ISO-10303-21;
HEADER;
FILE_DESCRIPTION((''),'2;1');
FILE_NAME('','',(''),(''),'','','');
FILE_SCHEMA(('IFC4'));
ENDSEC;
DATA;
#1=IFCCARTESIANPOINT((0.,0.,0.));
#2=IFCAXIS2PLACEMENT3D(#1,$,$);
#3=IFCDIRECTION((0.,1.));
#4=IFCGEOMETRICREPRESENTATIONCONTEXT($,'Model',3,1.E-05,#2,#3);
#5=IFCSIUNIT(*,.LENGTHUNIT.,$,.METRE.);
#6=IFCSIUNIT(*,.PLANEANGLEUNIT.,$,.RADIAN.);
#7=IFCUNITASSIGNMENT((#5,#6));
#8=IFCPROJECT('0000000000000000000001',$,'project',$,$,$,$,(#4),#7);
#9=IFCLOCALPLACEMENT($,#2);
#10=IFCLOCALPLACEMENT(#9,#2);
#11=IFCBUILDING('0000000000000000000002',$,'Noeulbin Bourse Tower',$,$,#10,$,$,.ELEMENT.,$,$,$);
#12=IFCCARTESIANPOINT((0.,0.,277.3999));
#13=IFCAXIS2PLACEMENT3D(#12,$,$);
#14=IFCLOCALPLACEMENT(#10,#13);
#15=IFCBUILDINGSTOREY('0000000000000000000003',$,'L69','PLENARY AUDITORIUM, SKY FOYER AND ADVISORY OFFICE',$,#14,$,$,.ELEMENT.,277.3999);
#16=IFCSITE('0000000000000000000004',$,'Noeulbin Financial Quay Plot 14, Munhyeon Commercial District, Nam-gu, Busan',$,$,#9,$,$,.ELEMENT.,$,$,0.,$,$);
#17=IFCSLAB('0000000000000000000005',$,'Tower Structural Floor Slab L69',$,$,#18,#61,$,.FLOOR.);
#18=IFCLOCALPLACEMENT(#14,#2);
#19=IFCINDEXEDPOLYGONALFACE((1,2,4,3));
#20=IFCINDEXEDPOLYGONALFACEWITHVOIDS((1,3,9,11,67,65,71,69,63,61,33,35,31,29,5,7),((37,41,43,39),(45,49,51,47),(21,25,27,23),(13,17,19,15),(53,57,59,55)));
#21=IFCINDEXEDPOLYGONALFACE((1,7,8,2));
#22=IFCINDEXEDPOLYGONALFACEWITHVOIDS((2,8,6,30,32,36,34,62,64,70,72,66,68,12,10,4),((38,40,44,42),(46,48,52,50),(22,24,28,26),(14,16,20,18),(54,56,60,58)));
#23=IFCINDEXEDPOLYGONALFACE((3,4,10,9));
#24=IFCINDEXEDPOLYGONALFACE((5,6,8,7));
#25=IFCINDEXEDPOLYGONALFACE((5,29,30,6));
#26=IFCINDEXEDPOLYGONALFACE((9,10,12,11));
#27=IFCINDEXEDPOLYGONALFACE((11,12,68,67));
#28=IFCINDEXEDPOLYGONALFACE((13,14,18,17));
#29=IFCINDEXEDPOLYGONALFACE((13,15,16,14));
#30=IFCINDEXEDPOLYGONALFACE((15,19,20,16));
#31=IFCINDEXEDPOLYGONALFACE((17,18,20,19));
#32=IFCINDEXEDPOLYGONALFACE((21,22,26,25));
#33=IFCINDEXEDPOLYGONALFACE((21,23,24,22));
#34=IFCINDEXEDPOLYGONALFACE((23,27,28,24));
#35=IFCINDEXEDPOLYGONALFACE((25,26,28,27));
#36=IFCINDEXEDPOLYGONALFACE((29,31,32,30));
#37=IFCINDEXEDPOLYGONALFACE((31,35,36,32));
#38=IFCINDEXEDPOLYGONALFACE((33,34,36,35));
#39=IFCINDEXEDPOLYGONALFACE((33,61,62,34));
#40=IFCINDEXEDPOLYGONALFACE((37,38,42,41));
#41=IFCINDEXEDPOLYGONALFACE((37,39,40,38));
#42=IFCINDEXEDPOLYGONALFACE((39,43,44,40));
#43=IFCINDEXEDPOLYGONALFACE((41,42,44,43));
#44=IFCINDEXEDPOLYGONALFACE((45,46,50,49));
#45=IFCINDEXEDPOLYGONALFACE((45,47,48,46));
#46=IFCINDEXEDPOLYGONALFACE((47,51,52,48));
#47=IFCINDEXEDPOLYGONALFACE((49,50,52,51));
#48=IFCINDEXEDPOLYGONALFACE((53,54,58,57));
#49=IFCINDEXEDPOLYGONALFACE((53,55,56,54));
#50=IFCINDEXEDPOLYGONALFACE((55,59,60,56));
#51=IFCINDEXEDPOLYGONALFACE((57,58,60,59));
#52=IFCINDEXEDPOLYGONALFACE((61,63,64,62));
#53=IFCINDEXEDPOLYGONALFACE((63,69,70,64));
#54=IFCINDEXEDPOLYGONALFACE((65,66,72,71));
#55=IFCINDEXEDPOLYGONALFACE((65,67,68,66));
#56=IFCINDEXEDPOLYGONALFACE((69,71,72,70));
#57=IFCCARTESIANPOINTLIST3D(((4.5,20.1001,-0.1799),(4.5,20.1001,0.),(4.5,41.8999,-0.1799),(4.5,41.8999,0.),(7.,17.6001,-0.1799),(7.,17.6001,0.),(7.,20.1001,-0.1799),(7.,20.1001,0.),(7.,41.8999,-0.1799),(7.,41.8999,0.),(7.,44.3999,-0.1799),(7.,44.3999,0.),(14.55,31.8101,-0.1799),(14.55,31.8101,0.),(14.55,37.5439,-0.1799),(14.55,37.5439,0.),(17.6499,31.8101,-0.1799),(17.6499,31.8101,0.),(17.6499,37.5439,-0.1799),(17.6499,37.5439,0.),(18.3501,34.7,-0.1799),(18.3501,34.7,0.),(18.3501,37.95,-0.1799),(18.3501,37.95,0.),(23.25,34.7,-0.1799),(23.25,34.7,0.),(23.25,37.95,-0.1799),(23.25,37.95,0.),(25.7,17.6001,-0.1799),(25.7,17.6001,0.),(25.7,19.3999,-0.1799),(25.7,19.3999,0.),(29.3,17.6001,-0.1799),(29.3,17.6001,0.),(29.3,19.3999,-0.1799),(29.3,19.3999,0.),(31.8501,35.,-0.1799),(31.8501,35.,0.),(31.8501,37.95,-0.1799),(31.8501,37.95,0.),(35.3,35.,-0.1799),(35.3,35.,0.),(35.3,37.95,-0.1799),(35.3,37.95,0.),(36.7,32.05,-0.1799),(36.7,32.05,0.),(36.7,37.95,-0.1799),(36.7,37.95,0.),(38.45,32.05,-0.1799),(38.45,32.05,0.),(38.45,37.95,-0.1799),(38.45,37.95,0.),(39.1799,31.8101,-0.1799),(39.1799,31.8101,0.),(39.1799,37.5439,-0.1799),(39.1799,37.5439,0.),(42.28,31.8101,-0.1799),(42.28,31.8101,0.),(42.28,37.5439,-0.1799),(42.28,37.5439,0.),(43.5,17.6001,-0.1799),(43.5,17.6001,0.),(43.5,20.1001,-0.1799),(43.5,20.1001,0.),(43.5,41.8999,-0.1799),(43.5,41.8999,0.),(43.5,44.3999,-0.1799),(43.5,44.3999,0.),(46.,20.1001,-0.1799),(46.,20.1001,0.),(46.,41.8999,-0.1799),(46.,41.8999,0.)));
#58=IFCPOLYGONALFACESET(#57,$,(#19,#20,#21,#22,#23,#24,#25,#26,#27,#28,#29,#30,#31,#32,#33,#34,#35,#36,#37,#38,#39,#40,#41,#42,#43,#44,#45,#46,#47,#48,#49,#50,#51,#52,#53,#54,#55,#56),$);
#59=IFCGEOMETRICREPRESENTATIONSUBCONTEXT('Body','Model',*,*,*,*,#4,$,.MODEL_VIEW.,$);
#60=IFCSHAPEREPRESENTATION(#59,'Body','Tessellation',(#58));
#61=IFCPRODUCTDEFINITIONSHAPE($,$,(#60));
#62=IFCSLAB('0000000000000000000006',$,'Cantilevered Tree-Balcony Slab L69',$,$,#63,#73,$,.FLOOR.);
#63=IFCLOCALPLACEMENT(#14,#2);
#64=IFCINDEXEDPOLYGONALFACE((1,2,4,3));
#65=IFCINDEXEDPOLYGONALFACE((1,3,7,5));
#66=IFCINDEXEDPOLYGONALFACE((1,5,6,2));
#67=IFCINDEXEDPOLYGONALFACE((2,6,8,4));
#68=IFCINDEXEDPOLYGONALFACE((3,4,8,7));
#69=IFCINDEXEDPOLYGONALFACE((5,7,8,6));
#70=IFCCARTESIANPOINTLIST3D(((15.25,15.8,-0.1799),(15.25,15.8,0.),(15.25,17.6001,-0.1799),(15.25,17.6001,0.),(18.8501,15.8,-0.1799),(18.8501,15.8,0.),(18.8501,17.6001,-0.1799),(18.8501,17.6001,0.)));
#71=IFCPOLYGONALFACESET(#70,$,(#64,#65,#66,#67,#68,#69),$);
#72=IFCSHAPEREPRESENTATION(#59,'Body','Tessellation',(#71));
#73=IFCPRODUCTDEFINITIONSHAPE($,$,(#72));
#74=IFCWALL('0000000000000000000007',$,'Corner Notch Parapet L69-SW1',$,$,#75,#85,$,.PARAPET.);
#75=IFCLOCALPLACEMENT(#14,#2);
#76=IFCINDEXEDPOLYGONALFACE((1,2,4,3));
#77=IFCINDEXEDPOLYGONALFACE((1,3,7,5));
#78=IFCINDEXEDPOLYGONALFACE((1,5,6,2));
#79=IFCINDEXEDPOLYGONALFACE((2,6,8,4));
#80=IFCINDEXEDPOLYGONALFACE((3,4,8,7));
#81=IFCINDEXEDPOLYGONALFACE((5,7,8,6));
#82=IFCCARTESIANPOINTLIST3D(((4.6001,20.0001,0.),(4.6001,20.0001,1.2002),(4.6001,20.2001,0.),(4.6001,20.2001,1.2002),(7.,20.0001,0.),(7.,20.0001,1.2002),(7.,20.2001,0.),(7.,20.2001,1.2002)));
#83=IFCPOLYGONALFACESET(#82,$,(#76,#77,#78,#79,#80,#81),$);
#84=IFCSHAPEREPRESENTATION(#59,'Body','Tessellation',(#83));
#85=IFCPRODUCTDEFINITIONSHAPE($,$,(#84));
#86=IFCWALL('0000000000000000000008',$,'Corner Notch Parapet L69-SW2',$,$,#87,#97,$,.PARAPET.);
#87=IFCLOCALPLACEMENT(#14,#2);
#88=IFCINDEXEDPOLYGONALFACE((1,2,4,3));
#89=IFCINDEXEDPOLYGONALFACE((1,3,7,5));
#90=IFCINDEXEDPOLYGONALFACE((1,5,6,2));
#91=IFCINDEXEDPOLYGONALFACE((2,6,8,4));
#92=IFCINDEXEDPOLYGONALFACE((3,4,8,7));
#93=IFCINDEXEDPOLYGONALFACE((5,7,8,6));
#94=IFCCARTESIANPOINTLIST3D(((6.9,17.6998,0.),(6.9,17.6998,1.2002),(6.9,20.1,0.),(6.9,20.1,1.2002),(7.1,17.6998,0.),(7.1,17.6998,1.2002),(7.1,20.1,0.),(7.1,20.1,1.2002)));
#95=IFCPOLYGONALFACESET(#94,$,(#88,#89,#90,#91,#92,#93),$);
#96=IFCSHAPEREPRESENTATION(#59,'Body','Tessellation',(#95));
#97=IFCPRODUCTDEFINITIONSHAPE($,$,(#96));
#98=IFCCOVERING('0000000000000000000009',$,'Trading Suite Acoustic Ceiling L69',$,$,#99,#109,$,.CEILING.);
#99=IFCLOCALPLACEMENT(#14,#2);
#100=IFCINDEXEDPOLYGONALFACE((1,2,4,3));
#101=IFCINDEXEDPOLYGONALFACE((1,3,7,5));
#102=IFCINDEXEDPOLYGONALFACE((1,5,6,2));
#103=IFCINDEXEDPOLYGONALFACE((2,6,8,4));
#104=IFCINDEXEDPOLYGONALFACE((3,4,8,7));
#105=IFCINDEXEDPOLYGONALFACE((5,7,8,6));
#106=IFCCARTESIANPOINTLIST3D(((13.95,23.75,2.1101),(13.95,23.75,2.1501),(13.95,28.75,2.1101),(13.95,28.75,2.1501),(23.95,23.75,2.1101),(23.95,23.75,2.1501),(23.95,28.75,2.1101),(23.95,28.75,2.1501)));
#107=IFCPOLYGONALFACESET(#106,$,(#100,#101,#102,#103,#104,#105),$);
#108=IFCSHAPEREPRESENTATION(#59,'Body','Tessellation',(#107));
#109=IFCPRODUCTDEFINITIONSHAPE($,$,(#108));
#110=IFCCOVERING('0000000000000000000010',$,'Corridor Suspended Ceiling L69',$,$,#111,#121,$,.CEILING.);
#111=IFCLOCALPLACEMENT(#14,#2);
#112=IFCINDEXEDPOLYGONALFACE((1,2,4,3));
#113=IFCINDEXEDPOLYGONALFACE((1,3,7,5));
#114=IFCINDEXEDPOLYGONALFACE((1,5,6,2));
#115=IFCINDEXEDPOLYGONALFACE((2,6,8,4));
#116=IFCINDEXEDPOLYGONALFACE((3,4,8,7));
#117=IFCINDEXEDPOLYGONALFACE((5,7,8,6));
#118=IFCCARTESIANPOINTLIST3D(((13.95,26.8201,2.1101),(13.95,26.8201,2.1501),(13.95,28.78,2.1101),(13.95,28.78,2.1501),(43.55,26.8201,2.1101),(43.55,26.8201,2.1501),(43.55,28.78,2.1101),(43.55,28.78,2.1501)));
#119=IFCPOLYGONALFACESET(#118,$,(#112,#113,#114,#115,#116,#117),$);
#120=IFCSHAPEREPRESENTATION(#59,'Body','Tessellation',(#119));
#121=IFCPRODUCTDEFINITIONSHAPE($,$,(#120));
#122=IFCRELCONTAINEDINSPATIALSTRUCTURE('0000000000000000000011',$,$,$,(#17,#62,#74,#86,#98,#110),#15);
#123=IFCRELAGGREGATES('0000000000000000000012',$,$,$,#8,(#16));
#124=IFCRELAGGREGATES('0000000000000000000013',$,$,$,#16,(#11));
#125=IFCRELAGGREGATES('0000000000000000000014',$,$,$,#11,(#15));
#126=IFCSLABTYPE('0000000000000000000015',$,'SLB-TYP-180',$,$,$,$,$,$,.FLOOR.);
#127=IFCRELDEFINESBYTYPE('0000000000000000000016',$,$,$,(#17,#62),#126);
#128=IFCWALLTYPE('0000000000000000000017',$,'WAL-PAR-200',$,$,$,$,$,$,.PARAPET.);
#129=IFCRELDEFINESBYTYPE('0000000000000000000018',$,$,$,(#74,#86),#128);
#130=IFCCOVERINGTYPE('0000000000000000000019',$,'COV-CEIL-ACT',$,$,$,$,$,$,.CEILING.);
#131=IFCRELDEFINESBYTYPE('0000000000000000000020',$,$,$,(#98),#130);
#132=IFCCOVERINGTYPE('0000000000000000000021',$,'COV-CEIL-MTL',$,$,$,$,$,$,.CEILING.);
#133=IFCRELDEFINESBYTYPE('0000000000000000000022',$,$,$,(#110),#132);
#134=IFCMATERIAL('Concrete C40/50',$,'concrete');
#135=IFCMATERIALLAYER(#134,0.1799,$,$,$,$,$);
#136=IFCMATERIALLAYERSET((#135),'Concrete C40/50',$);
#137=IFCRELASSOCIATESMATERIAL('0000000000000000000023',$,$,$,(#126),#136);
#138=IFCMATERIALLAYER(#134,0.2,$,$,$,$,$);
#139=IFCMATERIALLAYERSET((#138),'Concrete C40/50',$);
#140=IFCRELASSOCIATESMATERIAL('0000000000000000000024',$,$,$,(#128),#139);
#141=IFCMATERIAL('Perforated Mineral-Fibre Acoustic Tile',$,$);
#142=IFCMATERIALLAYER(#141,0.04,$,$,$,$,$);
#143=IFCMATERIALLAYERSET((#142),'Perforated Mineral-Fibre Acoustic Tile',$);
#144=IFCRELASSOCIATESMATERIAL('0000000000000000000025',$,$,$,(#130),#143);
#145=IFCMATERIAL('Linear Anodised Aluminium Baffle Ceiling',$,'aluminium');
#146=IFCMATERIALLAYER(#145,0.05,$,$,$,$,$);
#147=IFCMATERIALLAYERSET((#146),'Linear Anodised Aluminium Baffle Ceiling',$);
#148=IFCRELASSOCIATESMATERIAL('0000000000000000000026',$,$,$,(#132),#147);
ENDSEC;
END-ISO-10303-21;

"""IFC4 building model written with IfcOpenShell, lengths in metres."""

from ifc_helpers import new_model, si_unit, direction, frame, frame_2d, origin, place, context, subcontext, project, spatial, polyline, rectangle, outline, extrude, material, layer, layer_set, type_object, element, save


model = new_model("IFC4")

# Units and contexts
model_context = context("Model", 3, precision=1e-05, world=origin(), true_north=direction((0.0, 1.0)))
body_context = subcontext(model_context, "Body", "Model", "MODEL_VIEW")
ifc_project = project(units=[si_unit("LENGTHUNIT", "METRE"), si_unit("PLANEANGLEUNIT", "RADIAN")], contexts=[model_context])

# Site, building, storey
site_placement = place(None, origin())
site = spatial("IfcSite", under=ifc_project, at=site_placement, Name="Noeulbin Financial Quay Plot 14, Munhyeon Commercial District, Nam-gu, Busan", CompositionType="ELEMENT", RefElevation=0.0)
building_placement = place(site_placement, origin())
building = spatial("IfcBuilding", under=site, at=building_placement, Name="Noeulbin Bourse Tower", CompositionType="ELEMENT")
storey_placement = place(building_placement, frame((0.0, 0.0, 277.3999)))
storey = spatial("IfcBuildingStorey", under=building, at=storey_placement, Name="L69", Description="PLENARY AUDITORIUM, SKY FOYER AND ADVISORY OFFICE", CompositionType="ELEMENT", Elevation=277.3999)

# Shared definitions
ifc_material_1 = material(Name="Concrete C40/50", Category="concrete")

# Slab, openings
ifc_layer_1 = layer(ifc_material_1, 0.1799)
ifc_layer_set_1 = layer_set([ifc_layer_1], Name="Concrete C40/50")
slab_type_1 = type_object("IfcSlabType", Name="SLB-TYP-180", PredefinedType="FLOOR", material=ifc_layer_set_1)
slab_1_placement = place(storey_placement, frame((0.0, 0.0, -0.1799)))
slab_1 = element("IfcSlab", 1, at=slab_1_placement, inside=storey, type_object=slab_type_1, Name="Tower Structural Floor Slab L69", PredefinedType="FLOOR", context=body_context, shape_type="SweptSolid", body=[
    extrude(outline(polyline([(7.0, 17.6001), (25.7, 17.6001), (25.7, 19.3999), (29.3, 19.3999), (29.3, 17.6001), (43.5, 17.6001), (43.5, 20.1001), (46.0, 20.1001), (46.0, 41.8999), (43.5, 41.8999), (43.5, 44.3999), (7.0, 44.3999), (7.0, 41.8999), (4.5, 41.8999), (4.5, 20.1001), (7.0, 20.1001), (7.0, 17.6001)]), holes=[polyline([(17.6499, 31.8101), (17.6499, 37.5439), (14.55, 37.5439), (14.55, 31.8101), (17.6499, 31.8101)]), polyline([(42.28, 31.8101), (42.28, 37.5439), (39.1799, 37.5439), (39.1799, 31.8101), (42.28, 31.8101)]), polyline([(18.3501, 34.7), (23.25, 34.7), (23.25, 37.95), (18.3501, 37.95), (18.3501, 34.7)]), polyline([(36.7, 32.05), (38.45, 32.05), (38.45, 37.95), (36.7, 37.95), (36.7, 32.05)]), polyline([(31.8501, 35.0), (35.3, 35.0), (35.3, 37.95), (31.8501, 37.95), (31.8501, 35.0)])]), origin(), (0.0, 0.0, 1.0), 0.1799),
])
opening_1_placement = place(slab_1_placement, frame((0.0, 0.0, -0.01)))
element("IfcOpeningElement", 2, at=opening_1_placement, cuts=slab_1, PredefinedType="OPENING", context=body_context, shape_type="SweptSolid", body=[
    extrude(outline(polyline([(17.6499, 31.8101), (17.6499, 37.5439), (14.55, 37.5439), (14.55, 31.8101), (17.6499, 31.8101)])), origin(), (0.0, 0.0, 1.0), 0.2),
])
opening_2_placement = place(slab_1_placement, frame((0.0, 0.0, -0.01)))
element("IfcOpeningElement", 3, at=opening_2_placement, cuts=slab_1, PredefinedType="OPENING", context=body_context, shape_type="SweptSolid", body=[
    extrude(outline(polyline([(42.28, 31.8101), (42.28, 37.5439), (39.1799, 37.5439), (39.1799, 31.8101), (42.28, 31.8101)])), origin(), (0.0, 0.0, 1.0), 0.2),
])
opening_3_placement = place(slab_1_placement, frame((0.0, 0.0, -0.01)))
element("IfcOpeningElement", 4, at=opening_3_placement, cuts=slab_1, PredefinedType="OPENING", context=body_context, shape_type="SweptSolid", body=[
    extrude(outline(polyline([(18.3501, 34.7), (23.25, 34.7), (23.25, 37.95), (18.3501, 37.95), (18.3501, 34.7)])), origin(), (0.0, 0.0, 1.0), 0.2),
])
opening_4_placement = place(slab_1_placement, frame((0.0, 0.0, -0.01)))
element("IfcOpeningElement", 5, at=opening_4_placement, cuts=slab_1, PredefinedType="OPENING", context=body_context, shape_type="SweptSolid", body=[
    extrude(outline(polyline([(36.7, 32.05), (38.45, 32.05), (38.45, 37.95), (36.7, 37.95), (36.7, 32.05)])), origin(), (0.0, 0.0, 1.0), 0.2),
])
opening_5_placement = place(slab_1_placement, frame((0.0, 0.0, -0.01)))
element("IfcOpeningElement", 6, at=opening_5_placement, cuts=slab_1, PredefinedType="OPENING", context=body_context, shape_type="SweptSolid", body=[
    extrude(outline(polyline([(31.8501, 35.0), (35.3, 35.0), (35.3, 37.95), (31.8501, 37.95), (31.8501, 35.0)])), origin(), (0.0, 0.0, 1.0), 0.2),
])

# Slab
slab_2_placement = place(storey_placement, frame((0.0, 0.0, -0.1799)))
element("IfcSlab", 7, at=slab_2_placement, inside=storey, type_object=slab_type_1, Name="Cantilevered Tree-Balcony Slab L69", PredefinedType="FLOOR", context=body_context, shape_type="SweptSolid", body=[
    extrude(outline(polyline([(15.25, 15.8), (18.8501, 15.8), (18.8501, 17.6001), (15.25, 17.6001), (15.25, 15.8)])), origin(), (0.0, 0.0, 1.0), 0.1799),
])

# Walls
ifc_layer_2 = layer(ifc_material_1, 0.2)
ifc_layer_set_2 = layer_set([ifc_layer_2], Name="Concrete C40/50")
wall_type = type_object("IfcWallType", Name="WAL-PAR-200", PredefinedType="PARAPET", material=ifc_layer_set_2)
wall_1_placement = place(storey_placement, frame((4.6001, 20.1001, 0.0), z_axis=(0.0, 0.0, 1.0), x_axis=(1.0, 0.0, 0.0)))
element("IfcWall", 8, at=wall_1_placement, inside=storey, type_object=wall_type, Name="Corner Notch Parapet L69-SW1", PredefinedType="PARAPET", context=body_context, shape_type="SweptSolid", body=[
    extrude(rectangle(XDim=2.3999, YDim=0.2, at=frame_2d((1.2, 0.0))), origin(), (0.0, 0.0, 1.0), 1.2002),
])
wall_2_placement = place(storey_placement, frame((7.0, 20.1001, 0.0), z_axis=(0.0, 0.0, 1.0), x_axis=(0.0, -1.0, 0.0)))
element("IfcWall", 9, at=wall_2_placement, inside=storey, type_object=wall_type, Name="Corner Notch Parapet L69-SW2", PredefinedType="PARAPET", context=body_context, shape_type="SweptSolid", body=[
    extrude(rectangle(XDim=2.4001, YDim=0.2, at=frame_2d((1.2002, 0.0))), origin(), (0.0, 0.0, 1.0), 1.2002),
])

# Coverings
ifc_material_2 = material(Name="Perforated Mineral-Fibre Acoustic Tile")
ifc_layer_3 = layer(ifc_material_2, 0.04)
ifc_layer_set_3 = layer_set([ifc_layer_3], Name="Perforated Mineral-Fibre Acoustic Tile")
covering_type_1 = type_object("IfcCoveringType", Name="COV-CEIL-ACT", PredefinedType="CEILING", material=ifc_layer_set_3)
covering_1_placement = place(storey_placement, frame((0.0, 0.0, 2.1101)))
element("IfcCovering", 10, at=covering_1_placement, inside=storey, type_object=covering_type_1, Name="Trading Suite Acoustic Ceiling L69", PredefinedType="CEILING", context=body_context, shape_type="SweptSolid", body=[
    extrude(outline(polyline([(13.95, 23.75), (23.95, 23.75), (23.95, 28.75), (13.95, 28.75), (13.95, 23.75)])), origin(), (0.0, 0.0, 1.0), 0.04),
])
ifc_material_3 = material(Name="Linear Anodised Aluminium Baffle Ceiling", Category="aluminium")
ifc_layer_4 = layer(ifc_material_3, 0.05)
ifc_layer_set_4 = layer_set([ifc_layer_4], Name="Linear Anodised Aluminium Baffle Ceiling")
covering_type_2 = type_object("IfcCoveringType", Name="COV-CEIL-MTL", PredefinedType="CEILING", material=ifc_layer_set_4)
covering_2_placement = place(storey_placement, frame((0.0, 0.0, 2.1101)))
element("IfcCovering", 11, at=covering_2_placement, inside=storey, type_object=covering_type_2, Name="Corridor Suspended Ceiling L69", PredefinedType="CEILING", context=body_context, shape_type="SweptSolid", body=[
    extrude(outline(polyline([(13.95, 26.8201), (43.55, 26.8201), (43.55, 28.78), (13.95, 28.78), (13.95, 26.8201)])), origin(), (0.0, 0.0, 1.0), 0.04),
])

save(model, "model.ifc")
